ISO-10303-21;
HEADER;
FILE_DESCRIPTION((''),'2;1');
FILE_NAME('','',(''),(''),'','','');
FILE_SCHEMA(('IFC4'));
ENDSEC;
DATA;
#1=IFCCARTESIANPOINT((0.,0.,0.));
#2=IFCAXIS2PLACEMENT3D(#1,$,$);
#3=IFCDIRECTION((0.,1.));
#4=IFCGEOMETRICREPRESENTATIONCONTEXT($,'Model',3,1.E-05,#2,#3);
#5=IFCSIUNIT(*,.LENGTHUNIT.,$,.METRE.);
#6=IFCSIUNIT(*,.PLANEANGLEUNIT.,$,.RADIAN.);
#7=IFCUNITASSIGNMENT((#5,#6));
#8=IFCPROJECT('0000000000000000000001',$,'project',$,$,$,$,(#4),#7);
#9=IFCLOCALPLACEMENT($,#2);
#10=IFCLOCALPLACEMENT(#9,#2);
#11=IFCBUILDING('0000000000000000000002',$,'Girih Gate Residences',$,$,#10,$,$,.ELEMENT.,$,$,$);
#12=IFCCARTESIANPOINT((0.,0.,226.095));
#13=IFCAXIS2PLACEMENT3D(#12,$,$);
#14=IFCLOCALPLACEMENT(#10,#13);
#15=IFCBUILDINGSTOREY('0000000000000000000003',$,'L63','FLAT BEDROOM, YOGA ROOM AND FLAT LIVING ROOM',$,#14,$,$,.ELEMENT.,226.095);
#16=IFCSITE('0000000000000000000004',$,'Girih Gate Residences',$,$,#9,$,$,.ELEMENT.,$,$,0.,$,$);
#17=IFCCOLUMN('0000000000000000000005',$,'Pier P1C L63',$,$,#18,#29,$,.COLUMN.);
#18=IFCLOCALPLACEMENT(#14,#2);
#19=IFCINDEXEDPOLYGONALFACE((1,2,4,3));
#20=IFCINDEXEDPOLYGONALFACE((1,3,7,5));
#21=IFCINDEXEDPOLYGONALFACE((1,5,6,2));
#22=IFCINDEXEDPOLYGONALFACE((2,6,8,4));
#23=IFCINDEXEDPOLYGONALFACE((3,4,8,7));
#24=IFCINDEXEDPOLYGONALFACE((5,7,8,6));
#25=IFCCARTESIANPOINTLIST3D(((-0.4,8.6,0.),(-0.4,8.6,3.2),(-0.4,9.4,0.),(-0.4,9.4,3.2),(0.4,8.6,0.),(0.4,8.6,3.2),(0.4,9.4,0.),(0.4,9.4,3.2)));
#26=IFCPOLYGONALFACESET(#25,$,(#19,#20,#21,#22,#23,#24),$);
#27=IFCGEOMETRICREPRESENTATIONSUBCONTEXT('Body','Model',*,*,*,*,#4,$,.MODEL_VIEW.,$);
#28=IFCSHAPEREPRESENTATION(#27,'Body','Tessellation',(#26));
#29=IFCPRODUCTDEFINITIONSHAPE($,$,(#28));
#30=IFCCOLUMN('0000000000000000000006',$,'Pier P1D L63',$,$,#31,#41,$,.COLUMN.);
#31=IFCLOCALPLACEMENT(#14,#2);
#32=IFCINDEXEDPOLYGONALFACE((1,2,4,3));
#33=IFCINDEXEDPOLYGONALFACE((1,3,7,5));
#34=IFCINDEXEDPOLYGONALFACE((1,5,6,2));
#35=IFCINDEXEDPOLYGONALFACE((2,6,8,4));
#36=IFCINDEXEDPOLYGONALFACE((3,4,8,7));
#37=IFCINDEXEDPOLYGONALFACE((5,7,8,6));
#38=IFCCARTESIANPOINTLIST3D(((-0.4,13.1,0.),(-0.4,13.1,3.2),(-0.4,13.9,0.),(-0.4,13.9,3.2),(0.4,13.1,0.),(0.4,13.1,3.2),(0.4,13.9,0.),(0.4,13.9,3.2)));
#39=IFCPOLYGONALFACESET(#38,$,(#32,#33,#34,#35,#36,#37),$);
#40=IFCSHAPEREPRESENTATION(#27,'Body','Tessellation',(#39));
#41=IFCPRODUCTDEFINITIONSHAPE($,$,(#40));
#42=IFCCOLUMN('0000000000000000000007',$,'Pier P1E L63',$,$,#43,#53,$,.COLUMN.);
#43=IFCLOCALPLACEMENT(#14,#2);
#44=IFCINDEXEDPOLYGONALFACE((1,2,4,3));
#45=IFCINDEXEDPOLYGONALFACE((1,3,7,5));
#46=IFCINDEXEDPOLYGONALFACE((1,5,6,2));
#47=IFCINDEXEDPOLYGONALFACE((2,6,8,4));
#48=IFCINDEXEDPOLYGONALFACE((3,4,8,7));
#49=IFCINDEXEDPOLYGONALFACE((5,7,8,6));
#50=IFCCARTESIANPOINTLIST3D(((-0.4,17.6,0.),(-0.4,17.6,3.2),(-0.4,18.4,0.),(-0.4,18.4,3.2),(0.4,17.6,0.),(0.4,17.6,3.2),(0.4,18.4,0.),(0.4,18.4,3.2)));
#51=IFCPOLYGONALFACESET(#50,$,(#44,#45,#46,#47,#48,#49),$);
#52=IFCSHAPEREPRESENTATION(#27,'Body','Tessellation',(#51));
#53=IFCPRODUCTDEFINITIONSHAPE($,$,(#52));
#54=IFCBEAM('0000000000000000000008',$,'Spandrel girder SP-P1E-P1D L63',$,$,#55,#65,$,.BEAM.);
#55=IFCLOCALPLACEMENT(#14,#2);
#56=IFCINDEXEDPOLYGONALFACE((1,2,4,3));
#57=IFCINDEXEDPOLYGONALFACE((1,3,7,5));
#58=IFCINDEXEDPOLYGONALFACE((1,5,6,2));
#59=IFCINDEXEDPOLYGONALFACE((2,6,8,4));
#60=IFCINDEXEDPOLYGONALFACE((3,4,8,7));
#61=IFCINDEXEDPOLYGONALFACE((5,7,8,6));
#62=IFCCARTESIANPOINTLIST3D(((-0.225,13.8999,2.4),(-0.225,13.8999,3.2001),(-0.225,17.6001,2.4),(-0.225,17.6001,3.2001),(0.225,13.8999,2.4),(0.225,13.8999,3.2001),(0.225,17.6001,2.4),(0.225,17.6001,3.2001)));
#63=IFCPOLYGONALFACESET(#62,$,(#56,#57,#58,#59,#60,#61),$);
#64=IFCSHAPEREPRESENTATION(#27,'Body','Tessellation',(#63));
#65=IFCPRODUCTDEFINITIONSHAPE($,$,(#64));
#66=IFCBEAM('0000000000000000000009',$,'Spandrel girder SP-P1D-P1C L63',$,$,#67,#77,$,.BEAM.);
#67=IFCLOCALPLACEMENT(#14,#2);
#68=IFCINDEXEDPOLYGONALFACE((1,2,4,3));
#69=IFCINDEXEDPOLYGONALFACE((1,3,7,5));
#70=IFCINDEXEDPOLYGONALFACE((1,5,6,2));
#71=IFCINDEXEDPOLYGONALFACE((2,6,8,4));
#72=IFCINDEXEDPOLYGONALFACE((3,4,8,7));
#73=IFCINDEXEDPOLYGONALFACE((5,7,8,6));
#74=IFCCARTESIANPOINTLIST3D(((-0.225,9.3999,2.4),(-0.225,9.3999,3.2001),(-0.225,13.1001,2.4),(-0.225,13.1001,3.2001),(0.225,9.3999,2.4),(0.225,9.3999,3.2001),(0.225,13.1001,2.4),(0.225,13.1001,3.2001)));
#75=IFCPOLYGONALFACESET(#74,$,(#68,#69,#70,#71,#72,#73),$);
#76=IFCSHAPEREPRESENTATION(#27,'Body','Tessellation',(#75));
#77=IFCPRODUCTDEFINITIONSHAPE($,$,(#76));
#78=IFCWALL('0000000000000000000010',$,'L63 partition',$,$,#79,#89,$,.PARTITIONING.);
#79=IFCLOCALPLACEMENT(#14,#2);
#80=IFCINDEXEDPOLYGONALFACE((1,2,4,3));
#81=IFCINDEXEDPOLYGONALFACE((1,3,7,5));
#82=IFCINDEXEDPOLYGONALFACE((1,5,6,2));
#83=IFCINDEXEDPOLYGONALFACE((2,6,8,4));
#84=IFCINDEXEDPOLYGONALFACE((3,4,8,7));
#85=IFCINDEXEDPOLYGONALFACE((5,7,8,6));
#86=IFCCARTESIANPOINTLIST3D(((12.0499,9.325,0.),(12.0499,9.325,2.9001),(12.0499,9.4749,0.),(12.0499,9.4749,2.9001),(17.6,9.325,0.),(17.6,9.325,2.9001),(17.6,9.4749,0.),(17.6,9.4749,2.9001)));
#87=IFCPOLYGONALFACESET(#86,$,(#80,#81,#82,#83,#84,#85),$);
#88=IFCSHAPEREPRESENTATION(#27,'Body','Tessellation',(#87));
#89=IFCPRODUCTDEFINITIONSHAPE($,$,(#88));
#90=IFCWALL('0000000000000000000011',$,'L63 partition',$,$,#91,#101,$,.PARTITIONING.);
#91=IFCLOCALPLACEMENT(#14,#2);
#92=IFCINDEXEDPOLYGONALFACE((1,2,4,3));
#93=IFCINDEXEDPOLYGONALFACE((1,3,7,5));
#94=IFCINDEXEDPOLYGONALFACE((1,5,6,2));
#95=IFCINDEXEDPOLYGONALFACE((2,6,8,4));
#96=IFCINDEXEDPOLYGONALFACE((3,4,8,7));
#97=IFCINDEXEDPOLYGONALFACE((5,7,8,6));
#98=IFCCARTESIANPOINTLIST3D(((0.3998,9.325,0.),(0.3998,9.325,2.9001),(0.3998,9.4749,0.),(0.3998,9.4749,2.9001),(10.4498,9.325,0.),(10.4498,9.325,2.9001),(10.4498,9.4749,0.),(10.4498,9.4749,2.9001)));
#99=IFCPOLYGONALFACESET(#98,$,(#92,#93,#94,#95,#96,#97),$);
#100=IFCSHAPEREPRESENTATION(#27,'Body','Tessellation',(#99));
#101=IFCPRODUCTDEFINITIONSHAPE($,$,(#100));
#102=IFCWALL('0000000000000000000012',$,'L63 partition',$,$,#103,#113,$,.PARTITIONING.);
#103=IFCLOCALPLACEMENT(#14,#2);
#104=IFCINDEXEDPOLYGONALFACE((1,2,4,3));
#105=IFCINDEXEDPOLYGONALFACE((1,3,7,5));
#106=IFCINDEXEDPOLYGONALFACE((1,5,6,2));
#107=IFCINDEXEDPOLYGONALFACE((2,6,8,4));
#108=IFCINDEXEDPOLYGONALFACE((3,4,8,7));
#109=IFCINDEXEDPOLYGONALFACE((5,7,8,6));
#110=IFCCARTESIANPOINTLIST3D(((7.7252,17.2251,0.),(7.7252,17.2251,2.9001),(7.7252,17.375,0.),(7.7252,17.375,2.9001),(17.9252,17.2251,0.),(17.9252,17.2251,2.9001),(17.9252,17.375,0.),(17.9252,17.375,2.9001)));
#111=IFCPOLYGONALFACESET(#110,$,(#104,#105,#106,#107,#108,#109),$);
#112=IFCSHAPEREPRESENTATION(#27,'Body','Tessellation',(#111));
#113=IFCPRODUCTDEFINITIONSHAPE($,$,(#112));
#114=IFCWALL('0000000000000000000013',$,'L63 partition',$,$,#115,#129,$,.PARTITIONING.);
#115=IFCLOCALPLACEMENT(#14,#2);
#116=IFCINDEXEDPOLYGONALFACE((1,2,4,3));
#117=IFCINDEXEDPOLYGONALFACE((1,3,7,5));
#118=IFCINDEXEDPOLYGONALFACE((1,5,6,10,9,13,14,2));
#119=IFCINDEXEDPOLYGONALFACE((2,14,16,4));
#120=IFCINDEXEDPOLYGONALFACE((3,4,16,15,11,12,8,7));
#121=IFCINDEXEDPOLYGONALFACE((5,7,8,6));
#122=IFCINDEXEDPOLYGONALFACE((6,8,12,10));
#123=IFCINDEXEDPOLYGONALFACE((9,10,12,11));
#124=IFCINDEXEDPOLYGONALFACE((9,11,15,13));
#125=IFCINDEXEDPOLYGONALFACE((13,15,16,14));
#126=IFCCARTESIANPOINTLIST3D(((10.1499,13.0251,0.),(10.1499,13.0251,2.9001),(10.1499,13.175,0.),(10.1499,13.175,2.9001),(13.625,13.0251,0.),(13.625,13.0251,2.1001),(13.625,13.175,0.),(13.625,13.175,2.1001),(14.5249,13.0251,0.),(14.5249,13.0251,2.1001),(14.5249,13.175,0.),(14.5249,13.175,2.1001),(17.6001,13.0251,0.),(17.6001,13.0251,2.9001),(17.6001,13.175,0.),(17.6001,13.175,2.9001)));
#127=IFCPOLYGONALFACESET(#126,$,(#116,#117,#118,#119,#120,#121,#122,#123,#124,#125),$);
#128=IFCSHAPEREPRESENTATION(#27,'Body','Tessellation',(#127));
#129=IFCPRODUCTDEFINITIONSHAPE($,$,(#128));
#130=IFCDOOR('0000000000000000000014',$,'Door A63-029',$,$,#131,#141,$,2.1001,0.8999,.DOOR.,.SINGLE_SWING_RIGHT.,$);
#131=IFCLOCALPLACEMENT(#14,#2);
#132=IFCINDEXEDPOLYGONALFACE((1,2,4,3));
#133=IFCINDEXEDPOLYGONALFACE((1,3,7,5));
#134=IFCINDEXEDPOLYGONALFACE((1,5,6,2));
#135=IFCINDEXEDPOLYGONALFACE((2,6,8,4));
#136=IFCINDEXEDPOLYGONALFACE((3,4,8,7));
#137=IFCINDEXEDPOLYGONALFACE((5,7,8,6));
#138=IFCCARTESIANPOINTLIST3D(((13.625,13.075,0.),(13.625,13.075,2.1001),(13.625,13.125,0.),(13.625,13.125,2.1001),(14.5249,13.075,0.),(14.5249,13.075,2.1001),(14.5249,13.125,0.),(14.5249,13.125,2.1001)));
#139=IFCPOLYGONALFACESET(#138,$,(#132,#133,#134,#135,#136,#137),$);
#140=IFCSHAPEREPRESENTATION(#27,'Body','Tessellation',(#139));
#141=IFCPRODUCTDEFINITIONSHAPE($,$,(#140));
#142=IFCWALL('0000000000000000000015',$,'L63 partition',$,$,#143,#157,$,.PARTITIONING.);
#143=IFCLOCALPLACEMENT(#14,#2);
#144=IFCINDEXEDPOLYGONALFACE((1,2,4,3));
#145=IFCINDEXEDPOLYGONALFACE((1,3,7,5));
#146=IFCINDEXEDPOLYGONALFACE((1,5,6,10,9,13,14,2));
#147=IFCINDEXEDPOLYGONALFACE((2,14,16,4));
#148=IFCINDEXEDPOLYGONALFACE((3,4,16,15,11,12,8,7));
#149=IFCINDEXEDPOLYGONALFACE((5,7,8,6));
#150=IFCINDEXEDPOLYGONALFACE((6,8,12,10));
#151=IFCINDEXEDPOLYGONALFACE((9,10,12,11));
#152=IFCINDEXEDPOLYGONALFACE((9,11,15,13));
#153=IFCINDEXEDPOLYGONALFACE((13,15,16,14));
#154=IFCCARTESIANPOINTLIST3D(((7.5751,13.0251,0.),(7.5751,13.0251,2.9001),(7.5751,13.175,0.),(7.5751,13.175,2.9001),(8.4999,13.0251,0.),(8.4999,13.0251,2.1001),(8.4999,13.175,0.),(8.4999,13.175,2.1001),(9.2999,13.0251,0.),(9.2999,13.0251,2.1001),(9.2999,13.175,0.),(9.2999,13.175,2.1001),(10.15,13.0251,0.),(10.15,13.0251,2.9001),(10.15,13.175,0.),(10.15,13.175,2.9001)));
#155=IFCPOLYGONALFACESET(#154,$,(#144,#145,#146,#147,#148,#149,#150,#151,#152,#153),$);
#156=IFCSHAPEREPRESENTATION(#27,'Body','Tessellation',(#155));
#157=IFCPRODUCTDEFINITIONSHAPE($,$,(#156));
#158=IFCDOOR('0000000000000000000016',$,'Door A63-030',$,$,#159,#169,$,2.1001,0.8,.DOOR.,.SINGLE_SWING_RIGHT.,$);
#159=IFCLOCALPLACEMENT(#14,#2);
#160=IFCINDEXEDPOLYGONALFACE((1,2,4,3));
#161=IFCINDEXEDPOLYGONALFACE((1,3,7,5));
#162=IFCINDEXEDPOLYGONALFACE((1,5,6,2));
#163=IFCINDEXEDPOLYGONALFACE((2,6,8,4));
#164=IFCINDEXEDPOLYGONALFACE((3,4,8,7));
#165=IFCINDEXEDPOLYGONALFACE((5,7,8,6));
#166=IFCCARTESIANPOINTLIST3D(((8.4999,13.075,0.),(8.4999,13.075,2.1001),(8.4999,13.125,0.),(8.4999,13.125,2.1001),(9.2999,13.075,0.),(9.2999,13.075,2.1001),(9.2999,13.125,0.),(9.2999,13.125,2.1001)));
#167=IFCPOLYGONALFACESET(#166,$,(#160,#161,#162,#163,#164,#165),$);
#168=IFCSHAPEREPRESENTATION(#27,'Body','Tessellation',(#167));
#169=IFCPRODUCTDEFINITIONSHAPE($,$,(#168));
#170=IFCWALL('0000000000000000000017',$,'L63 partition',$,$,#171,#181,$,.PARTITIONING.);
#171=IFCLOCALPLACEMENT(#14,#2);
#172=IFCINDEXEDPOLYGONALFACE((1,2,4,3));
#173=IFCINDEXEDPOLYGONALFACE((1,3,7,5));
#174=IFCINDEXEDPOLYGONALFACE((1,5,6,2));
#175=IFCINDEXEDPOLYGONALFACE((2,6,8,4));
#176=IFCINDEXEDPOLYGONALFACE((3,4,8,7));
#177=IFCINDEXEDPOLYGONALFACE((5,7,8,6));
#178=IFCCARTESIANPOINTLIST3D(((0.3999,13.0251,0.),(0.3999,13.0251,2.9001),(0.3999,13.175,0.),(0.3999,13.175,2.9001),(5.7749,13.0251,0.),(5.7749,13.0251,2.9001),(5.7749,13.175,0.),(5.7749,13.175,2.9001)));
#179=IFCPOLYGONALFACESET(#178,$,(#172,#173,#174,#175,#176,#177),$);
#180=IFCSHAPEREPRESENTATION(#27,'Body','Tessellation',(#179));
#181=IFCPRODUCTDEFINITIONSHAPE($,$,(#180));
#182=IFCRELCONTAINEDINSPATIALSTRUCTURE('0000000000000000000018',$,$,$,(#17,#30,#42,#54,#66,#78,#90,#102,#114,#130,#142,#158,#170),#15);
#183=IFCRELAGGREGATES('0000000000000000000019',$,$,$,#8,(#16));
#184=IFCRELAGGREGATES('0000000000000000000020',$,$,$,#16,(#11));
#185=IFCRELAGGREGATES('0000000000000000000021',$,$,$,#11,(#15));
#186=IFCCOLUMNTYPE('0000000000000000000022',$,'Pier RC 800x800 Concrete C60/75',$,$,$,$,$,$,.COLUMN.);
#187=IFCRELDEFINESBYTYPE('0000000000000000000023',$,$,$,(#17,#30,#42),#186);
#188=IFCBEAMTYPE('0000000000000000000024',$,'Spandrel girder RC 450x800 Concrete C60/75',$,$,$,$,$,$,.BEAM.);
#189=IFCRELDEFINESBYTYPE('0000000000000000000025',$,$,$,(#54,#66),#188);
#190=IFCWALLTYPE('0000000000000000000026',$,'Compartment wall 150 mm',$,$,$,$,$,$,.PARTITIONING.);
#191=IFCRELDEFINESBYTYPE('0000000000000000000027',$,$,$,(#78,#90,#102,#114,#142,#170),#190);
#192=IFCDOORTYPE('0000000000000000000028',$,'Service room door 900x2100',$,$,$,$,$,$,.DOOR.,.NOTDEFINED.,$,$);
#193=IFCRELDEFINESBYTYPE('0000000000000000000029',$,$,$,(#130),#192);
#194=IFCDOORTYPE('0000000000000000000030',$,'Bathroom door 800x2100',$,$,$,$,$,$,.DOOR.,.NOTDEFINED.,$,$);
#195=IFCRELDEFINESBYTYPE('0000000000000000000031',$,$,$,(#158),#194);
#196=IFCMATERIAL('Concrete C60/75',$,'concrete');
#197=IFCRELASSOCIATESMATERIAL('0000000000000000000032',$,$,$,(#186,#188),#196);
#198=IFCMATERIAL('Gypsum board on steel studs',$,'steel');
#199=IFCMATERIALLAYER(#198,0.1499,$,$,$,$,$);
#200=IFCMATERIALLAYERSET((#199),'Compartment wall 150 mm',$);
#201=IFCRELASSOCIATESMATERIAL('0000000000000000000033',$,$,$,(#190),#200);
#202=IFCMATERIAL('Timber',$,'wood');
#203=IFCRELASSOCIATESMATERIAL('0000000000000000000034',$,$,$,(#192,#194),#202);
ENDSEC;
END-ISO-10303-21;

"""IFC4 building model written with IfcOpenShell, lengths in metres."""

from ifc_helpers import new_model, si_unit, direction, frame, frame_2d, origin, origin_2d, place, context, subcontext, project, spatial, rectangle, extrude, material, layer, layer_set, material_profile, profile_set, type_object, element, fill, save


model = new_model("IFC4")

# Units and contexts
model_context = context("Model", 3, precision=1e-05, world=origin(), true_north=direction((0.0, 1.0)))
body_context = subcontext(model_context, "Body", "Model", "MODEL_VIEW")
ifc_project = project(units=[si_unit("LENGTHUNIT", "METRE"), si_unit("PLANEANGLEUNIT", "RADIAN")], contexts=[model_context])

# Site, building, storey
site_placement = place(None, origin())
site = spatial("IfcSite", under=ifc_project, at=site_placement, Name="Girih Gate Residences", CompositionType="ELEMENT", RefElevation=0.0)
building_placement = place(site_placement, origin())
building = spatial("IfcBuilding", under=site, at=building_placement, Name="Girih Gate Residences", CompositionType="ELEMENT")
storey_placement = place(building_placement, frame((0.0, 0.0, 226.095)))
storey = spatial("IfcBuildingStorey", under=building, at=storey_placement, Name="L63", Description="FLAT BEDROOM, YOGA ROOM AND FLAT LIVING ROOM", CompositionType="ELEMENT", Elevation=226.095)

# Columns
ifc_material_1 = material(Name="Concrete C60/75", Category="concrete")
ifc_material_profile_1 = material_profile(ifc_material_1, rectangle(XDim=0.8, YDim=0.8, at=origin_2d()))
ifc_profile_set_1 = profile_set([ifc_material_profile_1], Name="Concrete C60/75")
column_type = type_object("IfcColumnType", Name="Pier RC 800x800 Concrete C60/75", PredefinedType="COLUMN", material=ifc_profile_set_1)
for number, where, z_axis, x_axis, name in (
    (1, (0.0, 9.0, 0.0), (0.0, 0.0, 1.0), (1.0, 0.0, 0.0), "Pier P1C L63"),
    (2, (0.0, 13.5, 0.0), (0.0, 0.0, 1.0), (1.0, 0.0, 0.0), "Pier P1D L63"),
    (3, (0.0, 18.0, 0.0), (0.0, 0.0, 1.0), (1.0, 0.0, 0.0), "Pier P1E L63"),
):
    element("IfcColumn", number, at=place(storey_placement, frame(where, z_axis=z_axis, x_axis=x_axis)), inside=storey, type_object=column_type, Name=name, PredefinedType="COLUMN", context=body_context, shape_type="SweptSolid", body=[
        extrude(rectangle(XDim=0.8, YDim=0.8, at=origin_2d()), origin(), (0.0, 0.0, 1.0), 3.2),
    ])

# Beams
ifc_material_profile_2 = material_profile(ifc_material_1, rectangle(XDim=0.45, YDim=0.8, at=origin_2d()))
ifc_profile_set_2 = profile_set([ifc_material_profile_2], Name="Concrete C60/75")
beam_type = type_object("IfcBeamType", Name="Spandrel girder RC 450x800 Concrete C60/75", PredefinedType="BEAM", material=ifc_profile_set_2)
for number, where, z_axis, x_axis, name in (
    (4, (0.0, 17.6001, 2.8), (0.0, -1.0, 0.0), (1.0, 0.0, 0.0), "Spandrel girder SP-P1E-P1D L63"),
    (5, (0.0, 13.1001, 2.8), (0.0, -1.0, 0.0), (1.0, 0.0, 0.0), "Spandrel girder SP-P1D-P1C L63"),
):
    element("IfcBeam", number, at=place(storey_placement, frame(where, z_axis=z_axis, x_axis=x_axis)), inside=storey, type_object=beam_type, Name=name, PredefinedType="BEAM", context=body_context, shape_type="SweptSolid", body=[
        extrude(rectangle(XDim=0.45, YDim=0.8, at=origin_2d()), origin(), (0.0, 0.0, 1.0), 3.7002),
    ])

# Shared definitions
ifc_material_2 = material(Name="Gypsum board on steel studs", Category="steel")
ifc_layer_1 = layer(ifc_material_2, 0.1499)
ifc_layer_set_1 = layer_set([ifc_layer_1], Name="Compartment wall 150 mm")
wall_type_1 = type_object("IfcWallType", Name="Compartment wall 150 mm", PredefinedType="PARTITIONING", material=ifc_layer_set_1)

# Walls
wall_1_placement = place(storey_placement, frame((12.05, 9.3999, 0.0), z_axis=(0.0, 0.0, 1.0), x_axis=(1.0, 0.0, 0.0)))
element("IfcWall", 6, at=wall_1_placement, inside=storey, type_object=wall_type_1, Name="L63 partition", PredefinedType="PARTITIONING", context=body_context, shape_type="SweptSolid", body=[
    extrude(rectangle(XDim=5.55, YDim=0.1499, at=frame_2d((2.7749, 0.0))), origin(), (0.0, 0.0, 1.0), 2.9001),
])
wall_2_placement = place(storey_placement, frame((0.3999, 9.3999, 0.0), z_axis=(0.0, 0.0, 1.0), x_axis=(1.0, 0.0, 0.0)))
element("IfcWall", 7, at=wall_2_placement, inside=storey, type_object=wall_type_1, Name="L63 partition", PredefinedType="PARTITIONING", context=body_context, shape_type="SweptSolid", body=[
    extrude(rectangle(XDim=10.05, YDim=0.1499, at=frame_2d((5.0249, 0.0))), origin(), (0.0, 0.0, 1.0), 2.9001),
])
wall_3_placement = place(storey_placement, frame((7.7251, 17.3, 0.0), z_axis=(0.0, 0.0, 1.0), x_axis=(1.0, 0.0, 0.0)))
element("IfcWall", 8, at=wall_3_placement, inside=storey, type_object=wall_type_1, Name="L63 partition", PredefinedType="PARTITIONING", context=body_context, shape_type="SweptSolid", body=[
    extrude(rectangle(XDim=10.2, YDim=0.1499, at=frame_2d((5.1001, 0.0))), origin(), (0.0, 0.0, 1.0), 2.9001),
])

# Walls, openings, doors
wall_4_placement = place(storey_placement, frame((10.1499, 13.1001, 0.0), z_axis=(0.0, 0.0, 1.0), x_axis=(1.0, 0.0, 0.0)))
wall_4 = element("IfcWall", 9, at=wall_4_placement, inside=storey, type_object=wall_type_1, Name="L63 partition", PredefinedType="PARTITIONING", context=body_context, shape_type="SweptSolid", body=[
    extrude(rectangle(XDim=7.4502, YDim=0.1499, at=frame_2d((3.7251, 0.0))), origin(), (0.0, 0.0, 1.0), 2.9001),
])
opening_1_placement = place(wall_4_placement, frame((3.4751, 0.0, 0.0)))
opening_1 = element("IfcOpeningElement", 10, at=opening_1_placement, cuts=wall_4, PredefinedType="OPENING", context=body_context, shape_type="SweptSolid", body=[
    extrude(rectangle(XDim=0.8999, YDim=2.1001, at=frame_2d((0.45, 1.05))), frame((0.0, 0.085, 0.0), z_axis=(0.0, -1.0, 0.0), x_axis=(1.0, 0.0, 0.0)), (0.0, 0.0, 1.0), 0.1699),
])
ifc_material_3 = material(Name="Timber", Category="wood")
door_type_1 = type_object("IfcDoorType", Name="Service room door 900x2100", OperationType="NOTDEFINED", PredefinedType="DOOR", material=ifc_material_3)
door_1_placement = place(opening_1_placement, origin())
door_1 = element("IfcDoor", 11, at=door_1_placement, inside=storey, type_object=door_type_1, Name="Door A63-029", OperationType="SINGLE_SWING_RIGHT", OverallHeight=2.1001, OverallWidth=0.8999, PredefinedType="DOOR", context=body_context, shape_type="SweptSolid", body=[
    extrude(rectangle(XDim=0.8999, YDim=2.1001, at=frame_2d((0.45, 1.05))), frame((0.0, 0.0249, 0.0), z_axis=(0.0, -1.0, 0.0), x_axis=(1.0, 0.0, 0.0)), (0.0, 0.0, 1.0), 0.05),
])
fill(opening_1, door_1)
wall_5_placement = place(storey_placement, frame((7.575, 13.1001, 0.0), z_axis=(0.0, 0.0, 1.0), x_axis=(1.0, 0.0, 0.0)))
wall_5 = element("IfcWall", 12, at=wall_5_placement, inside=storey, type_object=wall_type_1, Name="L63 partition", PredefinedType="PARTITIONING", context=body_context, shape_type="SweptSolid", body=[
    extrude(rectangle(XDim=2.575, YDim=0.1499, at=frame_2d((1.2876, 0.0))), origin(), (0.0, 0.0, 1.0), 2.9001),
])
opening_2_placement = place(wall_5_placement, frame((0.925, 0.0, 0.0)))
opening_2 = element("IfcOpeningElement", 13, at=opening_2_placement, cuts=wall_5, PredefinedType="OPENING", context=body_context, shape_type="SweptSolid", body=[
    extrude(rectangle(XDim=0.8, YDim=2.1001, at=frame_2d((0.3999, 1.05))), frame((0.0, 0.085, 0.0), z_axis=(0.0, -1.0, 0.0), x_axis=(1.0, 0.0, 0.0)), (0.0, 0.0, 1.0), 0.1699),
])
door_type_2 = type_object("IfcDoorType", Name="Bathroom door 800x2100", OperationType="NOTDEFINED", PredefinedType="DOOR", material=ifc_material_3)
door_2_placement = place(opening_2_placement, origin())
door_2 = element("IfcDoor", 14, at=door_2_placement, inside=storey, type_object=door_type_2, Name="Door A63-030", OperationType="SINGLE_SWING_RIGHT", OverallHeight=2.1001, OverallWidth=0.8, PredefinedType="DOOR", context=body_context, shape_type="SweptSolid", body=[
    extrude(rectangle(XDim=0.8, YDim=2.1001, at=frame_2d((0.3999, 1.05))), frame((0.0, 0.0249, 0.0), z_axis=(0.0, -1.0, 0.0), x_axis=(1.0, 0.0, 0.0)), (0.0, 0.0, 1.0), 0.05),
])
fill(opening_2, door_2)

# Wall
wall_6_placement = place(storey_placement, frame((0.3999, 13.1001, 0.0), z_axis=(0.0, 0.0, 1.0), x_axis=(1.0, 0.0, 0.0)))
element("IfcWall", 15, at=wall_6_placement, inside=storey, type_object=wall_type_1, Name="L63 partition", PredefinedType="PARTITIONING", context=body_context, shape_type="SweptSolid", body=[
    extrude(rectangle(XDim=5.375, YDim=0.1499, at=frame_2d((2.6875, 0.0))), origin(), (0.0, 0.0, 1.0), 2.9001),
])

save(model, "model.ifc")
